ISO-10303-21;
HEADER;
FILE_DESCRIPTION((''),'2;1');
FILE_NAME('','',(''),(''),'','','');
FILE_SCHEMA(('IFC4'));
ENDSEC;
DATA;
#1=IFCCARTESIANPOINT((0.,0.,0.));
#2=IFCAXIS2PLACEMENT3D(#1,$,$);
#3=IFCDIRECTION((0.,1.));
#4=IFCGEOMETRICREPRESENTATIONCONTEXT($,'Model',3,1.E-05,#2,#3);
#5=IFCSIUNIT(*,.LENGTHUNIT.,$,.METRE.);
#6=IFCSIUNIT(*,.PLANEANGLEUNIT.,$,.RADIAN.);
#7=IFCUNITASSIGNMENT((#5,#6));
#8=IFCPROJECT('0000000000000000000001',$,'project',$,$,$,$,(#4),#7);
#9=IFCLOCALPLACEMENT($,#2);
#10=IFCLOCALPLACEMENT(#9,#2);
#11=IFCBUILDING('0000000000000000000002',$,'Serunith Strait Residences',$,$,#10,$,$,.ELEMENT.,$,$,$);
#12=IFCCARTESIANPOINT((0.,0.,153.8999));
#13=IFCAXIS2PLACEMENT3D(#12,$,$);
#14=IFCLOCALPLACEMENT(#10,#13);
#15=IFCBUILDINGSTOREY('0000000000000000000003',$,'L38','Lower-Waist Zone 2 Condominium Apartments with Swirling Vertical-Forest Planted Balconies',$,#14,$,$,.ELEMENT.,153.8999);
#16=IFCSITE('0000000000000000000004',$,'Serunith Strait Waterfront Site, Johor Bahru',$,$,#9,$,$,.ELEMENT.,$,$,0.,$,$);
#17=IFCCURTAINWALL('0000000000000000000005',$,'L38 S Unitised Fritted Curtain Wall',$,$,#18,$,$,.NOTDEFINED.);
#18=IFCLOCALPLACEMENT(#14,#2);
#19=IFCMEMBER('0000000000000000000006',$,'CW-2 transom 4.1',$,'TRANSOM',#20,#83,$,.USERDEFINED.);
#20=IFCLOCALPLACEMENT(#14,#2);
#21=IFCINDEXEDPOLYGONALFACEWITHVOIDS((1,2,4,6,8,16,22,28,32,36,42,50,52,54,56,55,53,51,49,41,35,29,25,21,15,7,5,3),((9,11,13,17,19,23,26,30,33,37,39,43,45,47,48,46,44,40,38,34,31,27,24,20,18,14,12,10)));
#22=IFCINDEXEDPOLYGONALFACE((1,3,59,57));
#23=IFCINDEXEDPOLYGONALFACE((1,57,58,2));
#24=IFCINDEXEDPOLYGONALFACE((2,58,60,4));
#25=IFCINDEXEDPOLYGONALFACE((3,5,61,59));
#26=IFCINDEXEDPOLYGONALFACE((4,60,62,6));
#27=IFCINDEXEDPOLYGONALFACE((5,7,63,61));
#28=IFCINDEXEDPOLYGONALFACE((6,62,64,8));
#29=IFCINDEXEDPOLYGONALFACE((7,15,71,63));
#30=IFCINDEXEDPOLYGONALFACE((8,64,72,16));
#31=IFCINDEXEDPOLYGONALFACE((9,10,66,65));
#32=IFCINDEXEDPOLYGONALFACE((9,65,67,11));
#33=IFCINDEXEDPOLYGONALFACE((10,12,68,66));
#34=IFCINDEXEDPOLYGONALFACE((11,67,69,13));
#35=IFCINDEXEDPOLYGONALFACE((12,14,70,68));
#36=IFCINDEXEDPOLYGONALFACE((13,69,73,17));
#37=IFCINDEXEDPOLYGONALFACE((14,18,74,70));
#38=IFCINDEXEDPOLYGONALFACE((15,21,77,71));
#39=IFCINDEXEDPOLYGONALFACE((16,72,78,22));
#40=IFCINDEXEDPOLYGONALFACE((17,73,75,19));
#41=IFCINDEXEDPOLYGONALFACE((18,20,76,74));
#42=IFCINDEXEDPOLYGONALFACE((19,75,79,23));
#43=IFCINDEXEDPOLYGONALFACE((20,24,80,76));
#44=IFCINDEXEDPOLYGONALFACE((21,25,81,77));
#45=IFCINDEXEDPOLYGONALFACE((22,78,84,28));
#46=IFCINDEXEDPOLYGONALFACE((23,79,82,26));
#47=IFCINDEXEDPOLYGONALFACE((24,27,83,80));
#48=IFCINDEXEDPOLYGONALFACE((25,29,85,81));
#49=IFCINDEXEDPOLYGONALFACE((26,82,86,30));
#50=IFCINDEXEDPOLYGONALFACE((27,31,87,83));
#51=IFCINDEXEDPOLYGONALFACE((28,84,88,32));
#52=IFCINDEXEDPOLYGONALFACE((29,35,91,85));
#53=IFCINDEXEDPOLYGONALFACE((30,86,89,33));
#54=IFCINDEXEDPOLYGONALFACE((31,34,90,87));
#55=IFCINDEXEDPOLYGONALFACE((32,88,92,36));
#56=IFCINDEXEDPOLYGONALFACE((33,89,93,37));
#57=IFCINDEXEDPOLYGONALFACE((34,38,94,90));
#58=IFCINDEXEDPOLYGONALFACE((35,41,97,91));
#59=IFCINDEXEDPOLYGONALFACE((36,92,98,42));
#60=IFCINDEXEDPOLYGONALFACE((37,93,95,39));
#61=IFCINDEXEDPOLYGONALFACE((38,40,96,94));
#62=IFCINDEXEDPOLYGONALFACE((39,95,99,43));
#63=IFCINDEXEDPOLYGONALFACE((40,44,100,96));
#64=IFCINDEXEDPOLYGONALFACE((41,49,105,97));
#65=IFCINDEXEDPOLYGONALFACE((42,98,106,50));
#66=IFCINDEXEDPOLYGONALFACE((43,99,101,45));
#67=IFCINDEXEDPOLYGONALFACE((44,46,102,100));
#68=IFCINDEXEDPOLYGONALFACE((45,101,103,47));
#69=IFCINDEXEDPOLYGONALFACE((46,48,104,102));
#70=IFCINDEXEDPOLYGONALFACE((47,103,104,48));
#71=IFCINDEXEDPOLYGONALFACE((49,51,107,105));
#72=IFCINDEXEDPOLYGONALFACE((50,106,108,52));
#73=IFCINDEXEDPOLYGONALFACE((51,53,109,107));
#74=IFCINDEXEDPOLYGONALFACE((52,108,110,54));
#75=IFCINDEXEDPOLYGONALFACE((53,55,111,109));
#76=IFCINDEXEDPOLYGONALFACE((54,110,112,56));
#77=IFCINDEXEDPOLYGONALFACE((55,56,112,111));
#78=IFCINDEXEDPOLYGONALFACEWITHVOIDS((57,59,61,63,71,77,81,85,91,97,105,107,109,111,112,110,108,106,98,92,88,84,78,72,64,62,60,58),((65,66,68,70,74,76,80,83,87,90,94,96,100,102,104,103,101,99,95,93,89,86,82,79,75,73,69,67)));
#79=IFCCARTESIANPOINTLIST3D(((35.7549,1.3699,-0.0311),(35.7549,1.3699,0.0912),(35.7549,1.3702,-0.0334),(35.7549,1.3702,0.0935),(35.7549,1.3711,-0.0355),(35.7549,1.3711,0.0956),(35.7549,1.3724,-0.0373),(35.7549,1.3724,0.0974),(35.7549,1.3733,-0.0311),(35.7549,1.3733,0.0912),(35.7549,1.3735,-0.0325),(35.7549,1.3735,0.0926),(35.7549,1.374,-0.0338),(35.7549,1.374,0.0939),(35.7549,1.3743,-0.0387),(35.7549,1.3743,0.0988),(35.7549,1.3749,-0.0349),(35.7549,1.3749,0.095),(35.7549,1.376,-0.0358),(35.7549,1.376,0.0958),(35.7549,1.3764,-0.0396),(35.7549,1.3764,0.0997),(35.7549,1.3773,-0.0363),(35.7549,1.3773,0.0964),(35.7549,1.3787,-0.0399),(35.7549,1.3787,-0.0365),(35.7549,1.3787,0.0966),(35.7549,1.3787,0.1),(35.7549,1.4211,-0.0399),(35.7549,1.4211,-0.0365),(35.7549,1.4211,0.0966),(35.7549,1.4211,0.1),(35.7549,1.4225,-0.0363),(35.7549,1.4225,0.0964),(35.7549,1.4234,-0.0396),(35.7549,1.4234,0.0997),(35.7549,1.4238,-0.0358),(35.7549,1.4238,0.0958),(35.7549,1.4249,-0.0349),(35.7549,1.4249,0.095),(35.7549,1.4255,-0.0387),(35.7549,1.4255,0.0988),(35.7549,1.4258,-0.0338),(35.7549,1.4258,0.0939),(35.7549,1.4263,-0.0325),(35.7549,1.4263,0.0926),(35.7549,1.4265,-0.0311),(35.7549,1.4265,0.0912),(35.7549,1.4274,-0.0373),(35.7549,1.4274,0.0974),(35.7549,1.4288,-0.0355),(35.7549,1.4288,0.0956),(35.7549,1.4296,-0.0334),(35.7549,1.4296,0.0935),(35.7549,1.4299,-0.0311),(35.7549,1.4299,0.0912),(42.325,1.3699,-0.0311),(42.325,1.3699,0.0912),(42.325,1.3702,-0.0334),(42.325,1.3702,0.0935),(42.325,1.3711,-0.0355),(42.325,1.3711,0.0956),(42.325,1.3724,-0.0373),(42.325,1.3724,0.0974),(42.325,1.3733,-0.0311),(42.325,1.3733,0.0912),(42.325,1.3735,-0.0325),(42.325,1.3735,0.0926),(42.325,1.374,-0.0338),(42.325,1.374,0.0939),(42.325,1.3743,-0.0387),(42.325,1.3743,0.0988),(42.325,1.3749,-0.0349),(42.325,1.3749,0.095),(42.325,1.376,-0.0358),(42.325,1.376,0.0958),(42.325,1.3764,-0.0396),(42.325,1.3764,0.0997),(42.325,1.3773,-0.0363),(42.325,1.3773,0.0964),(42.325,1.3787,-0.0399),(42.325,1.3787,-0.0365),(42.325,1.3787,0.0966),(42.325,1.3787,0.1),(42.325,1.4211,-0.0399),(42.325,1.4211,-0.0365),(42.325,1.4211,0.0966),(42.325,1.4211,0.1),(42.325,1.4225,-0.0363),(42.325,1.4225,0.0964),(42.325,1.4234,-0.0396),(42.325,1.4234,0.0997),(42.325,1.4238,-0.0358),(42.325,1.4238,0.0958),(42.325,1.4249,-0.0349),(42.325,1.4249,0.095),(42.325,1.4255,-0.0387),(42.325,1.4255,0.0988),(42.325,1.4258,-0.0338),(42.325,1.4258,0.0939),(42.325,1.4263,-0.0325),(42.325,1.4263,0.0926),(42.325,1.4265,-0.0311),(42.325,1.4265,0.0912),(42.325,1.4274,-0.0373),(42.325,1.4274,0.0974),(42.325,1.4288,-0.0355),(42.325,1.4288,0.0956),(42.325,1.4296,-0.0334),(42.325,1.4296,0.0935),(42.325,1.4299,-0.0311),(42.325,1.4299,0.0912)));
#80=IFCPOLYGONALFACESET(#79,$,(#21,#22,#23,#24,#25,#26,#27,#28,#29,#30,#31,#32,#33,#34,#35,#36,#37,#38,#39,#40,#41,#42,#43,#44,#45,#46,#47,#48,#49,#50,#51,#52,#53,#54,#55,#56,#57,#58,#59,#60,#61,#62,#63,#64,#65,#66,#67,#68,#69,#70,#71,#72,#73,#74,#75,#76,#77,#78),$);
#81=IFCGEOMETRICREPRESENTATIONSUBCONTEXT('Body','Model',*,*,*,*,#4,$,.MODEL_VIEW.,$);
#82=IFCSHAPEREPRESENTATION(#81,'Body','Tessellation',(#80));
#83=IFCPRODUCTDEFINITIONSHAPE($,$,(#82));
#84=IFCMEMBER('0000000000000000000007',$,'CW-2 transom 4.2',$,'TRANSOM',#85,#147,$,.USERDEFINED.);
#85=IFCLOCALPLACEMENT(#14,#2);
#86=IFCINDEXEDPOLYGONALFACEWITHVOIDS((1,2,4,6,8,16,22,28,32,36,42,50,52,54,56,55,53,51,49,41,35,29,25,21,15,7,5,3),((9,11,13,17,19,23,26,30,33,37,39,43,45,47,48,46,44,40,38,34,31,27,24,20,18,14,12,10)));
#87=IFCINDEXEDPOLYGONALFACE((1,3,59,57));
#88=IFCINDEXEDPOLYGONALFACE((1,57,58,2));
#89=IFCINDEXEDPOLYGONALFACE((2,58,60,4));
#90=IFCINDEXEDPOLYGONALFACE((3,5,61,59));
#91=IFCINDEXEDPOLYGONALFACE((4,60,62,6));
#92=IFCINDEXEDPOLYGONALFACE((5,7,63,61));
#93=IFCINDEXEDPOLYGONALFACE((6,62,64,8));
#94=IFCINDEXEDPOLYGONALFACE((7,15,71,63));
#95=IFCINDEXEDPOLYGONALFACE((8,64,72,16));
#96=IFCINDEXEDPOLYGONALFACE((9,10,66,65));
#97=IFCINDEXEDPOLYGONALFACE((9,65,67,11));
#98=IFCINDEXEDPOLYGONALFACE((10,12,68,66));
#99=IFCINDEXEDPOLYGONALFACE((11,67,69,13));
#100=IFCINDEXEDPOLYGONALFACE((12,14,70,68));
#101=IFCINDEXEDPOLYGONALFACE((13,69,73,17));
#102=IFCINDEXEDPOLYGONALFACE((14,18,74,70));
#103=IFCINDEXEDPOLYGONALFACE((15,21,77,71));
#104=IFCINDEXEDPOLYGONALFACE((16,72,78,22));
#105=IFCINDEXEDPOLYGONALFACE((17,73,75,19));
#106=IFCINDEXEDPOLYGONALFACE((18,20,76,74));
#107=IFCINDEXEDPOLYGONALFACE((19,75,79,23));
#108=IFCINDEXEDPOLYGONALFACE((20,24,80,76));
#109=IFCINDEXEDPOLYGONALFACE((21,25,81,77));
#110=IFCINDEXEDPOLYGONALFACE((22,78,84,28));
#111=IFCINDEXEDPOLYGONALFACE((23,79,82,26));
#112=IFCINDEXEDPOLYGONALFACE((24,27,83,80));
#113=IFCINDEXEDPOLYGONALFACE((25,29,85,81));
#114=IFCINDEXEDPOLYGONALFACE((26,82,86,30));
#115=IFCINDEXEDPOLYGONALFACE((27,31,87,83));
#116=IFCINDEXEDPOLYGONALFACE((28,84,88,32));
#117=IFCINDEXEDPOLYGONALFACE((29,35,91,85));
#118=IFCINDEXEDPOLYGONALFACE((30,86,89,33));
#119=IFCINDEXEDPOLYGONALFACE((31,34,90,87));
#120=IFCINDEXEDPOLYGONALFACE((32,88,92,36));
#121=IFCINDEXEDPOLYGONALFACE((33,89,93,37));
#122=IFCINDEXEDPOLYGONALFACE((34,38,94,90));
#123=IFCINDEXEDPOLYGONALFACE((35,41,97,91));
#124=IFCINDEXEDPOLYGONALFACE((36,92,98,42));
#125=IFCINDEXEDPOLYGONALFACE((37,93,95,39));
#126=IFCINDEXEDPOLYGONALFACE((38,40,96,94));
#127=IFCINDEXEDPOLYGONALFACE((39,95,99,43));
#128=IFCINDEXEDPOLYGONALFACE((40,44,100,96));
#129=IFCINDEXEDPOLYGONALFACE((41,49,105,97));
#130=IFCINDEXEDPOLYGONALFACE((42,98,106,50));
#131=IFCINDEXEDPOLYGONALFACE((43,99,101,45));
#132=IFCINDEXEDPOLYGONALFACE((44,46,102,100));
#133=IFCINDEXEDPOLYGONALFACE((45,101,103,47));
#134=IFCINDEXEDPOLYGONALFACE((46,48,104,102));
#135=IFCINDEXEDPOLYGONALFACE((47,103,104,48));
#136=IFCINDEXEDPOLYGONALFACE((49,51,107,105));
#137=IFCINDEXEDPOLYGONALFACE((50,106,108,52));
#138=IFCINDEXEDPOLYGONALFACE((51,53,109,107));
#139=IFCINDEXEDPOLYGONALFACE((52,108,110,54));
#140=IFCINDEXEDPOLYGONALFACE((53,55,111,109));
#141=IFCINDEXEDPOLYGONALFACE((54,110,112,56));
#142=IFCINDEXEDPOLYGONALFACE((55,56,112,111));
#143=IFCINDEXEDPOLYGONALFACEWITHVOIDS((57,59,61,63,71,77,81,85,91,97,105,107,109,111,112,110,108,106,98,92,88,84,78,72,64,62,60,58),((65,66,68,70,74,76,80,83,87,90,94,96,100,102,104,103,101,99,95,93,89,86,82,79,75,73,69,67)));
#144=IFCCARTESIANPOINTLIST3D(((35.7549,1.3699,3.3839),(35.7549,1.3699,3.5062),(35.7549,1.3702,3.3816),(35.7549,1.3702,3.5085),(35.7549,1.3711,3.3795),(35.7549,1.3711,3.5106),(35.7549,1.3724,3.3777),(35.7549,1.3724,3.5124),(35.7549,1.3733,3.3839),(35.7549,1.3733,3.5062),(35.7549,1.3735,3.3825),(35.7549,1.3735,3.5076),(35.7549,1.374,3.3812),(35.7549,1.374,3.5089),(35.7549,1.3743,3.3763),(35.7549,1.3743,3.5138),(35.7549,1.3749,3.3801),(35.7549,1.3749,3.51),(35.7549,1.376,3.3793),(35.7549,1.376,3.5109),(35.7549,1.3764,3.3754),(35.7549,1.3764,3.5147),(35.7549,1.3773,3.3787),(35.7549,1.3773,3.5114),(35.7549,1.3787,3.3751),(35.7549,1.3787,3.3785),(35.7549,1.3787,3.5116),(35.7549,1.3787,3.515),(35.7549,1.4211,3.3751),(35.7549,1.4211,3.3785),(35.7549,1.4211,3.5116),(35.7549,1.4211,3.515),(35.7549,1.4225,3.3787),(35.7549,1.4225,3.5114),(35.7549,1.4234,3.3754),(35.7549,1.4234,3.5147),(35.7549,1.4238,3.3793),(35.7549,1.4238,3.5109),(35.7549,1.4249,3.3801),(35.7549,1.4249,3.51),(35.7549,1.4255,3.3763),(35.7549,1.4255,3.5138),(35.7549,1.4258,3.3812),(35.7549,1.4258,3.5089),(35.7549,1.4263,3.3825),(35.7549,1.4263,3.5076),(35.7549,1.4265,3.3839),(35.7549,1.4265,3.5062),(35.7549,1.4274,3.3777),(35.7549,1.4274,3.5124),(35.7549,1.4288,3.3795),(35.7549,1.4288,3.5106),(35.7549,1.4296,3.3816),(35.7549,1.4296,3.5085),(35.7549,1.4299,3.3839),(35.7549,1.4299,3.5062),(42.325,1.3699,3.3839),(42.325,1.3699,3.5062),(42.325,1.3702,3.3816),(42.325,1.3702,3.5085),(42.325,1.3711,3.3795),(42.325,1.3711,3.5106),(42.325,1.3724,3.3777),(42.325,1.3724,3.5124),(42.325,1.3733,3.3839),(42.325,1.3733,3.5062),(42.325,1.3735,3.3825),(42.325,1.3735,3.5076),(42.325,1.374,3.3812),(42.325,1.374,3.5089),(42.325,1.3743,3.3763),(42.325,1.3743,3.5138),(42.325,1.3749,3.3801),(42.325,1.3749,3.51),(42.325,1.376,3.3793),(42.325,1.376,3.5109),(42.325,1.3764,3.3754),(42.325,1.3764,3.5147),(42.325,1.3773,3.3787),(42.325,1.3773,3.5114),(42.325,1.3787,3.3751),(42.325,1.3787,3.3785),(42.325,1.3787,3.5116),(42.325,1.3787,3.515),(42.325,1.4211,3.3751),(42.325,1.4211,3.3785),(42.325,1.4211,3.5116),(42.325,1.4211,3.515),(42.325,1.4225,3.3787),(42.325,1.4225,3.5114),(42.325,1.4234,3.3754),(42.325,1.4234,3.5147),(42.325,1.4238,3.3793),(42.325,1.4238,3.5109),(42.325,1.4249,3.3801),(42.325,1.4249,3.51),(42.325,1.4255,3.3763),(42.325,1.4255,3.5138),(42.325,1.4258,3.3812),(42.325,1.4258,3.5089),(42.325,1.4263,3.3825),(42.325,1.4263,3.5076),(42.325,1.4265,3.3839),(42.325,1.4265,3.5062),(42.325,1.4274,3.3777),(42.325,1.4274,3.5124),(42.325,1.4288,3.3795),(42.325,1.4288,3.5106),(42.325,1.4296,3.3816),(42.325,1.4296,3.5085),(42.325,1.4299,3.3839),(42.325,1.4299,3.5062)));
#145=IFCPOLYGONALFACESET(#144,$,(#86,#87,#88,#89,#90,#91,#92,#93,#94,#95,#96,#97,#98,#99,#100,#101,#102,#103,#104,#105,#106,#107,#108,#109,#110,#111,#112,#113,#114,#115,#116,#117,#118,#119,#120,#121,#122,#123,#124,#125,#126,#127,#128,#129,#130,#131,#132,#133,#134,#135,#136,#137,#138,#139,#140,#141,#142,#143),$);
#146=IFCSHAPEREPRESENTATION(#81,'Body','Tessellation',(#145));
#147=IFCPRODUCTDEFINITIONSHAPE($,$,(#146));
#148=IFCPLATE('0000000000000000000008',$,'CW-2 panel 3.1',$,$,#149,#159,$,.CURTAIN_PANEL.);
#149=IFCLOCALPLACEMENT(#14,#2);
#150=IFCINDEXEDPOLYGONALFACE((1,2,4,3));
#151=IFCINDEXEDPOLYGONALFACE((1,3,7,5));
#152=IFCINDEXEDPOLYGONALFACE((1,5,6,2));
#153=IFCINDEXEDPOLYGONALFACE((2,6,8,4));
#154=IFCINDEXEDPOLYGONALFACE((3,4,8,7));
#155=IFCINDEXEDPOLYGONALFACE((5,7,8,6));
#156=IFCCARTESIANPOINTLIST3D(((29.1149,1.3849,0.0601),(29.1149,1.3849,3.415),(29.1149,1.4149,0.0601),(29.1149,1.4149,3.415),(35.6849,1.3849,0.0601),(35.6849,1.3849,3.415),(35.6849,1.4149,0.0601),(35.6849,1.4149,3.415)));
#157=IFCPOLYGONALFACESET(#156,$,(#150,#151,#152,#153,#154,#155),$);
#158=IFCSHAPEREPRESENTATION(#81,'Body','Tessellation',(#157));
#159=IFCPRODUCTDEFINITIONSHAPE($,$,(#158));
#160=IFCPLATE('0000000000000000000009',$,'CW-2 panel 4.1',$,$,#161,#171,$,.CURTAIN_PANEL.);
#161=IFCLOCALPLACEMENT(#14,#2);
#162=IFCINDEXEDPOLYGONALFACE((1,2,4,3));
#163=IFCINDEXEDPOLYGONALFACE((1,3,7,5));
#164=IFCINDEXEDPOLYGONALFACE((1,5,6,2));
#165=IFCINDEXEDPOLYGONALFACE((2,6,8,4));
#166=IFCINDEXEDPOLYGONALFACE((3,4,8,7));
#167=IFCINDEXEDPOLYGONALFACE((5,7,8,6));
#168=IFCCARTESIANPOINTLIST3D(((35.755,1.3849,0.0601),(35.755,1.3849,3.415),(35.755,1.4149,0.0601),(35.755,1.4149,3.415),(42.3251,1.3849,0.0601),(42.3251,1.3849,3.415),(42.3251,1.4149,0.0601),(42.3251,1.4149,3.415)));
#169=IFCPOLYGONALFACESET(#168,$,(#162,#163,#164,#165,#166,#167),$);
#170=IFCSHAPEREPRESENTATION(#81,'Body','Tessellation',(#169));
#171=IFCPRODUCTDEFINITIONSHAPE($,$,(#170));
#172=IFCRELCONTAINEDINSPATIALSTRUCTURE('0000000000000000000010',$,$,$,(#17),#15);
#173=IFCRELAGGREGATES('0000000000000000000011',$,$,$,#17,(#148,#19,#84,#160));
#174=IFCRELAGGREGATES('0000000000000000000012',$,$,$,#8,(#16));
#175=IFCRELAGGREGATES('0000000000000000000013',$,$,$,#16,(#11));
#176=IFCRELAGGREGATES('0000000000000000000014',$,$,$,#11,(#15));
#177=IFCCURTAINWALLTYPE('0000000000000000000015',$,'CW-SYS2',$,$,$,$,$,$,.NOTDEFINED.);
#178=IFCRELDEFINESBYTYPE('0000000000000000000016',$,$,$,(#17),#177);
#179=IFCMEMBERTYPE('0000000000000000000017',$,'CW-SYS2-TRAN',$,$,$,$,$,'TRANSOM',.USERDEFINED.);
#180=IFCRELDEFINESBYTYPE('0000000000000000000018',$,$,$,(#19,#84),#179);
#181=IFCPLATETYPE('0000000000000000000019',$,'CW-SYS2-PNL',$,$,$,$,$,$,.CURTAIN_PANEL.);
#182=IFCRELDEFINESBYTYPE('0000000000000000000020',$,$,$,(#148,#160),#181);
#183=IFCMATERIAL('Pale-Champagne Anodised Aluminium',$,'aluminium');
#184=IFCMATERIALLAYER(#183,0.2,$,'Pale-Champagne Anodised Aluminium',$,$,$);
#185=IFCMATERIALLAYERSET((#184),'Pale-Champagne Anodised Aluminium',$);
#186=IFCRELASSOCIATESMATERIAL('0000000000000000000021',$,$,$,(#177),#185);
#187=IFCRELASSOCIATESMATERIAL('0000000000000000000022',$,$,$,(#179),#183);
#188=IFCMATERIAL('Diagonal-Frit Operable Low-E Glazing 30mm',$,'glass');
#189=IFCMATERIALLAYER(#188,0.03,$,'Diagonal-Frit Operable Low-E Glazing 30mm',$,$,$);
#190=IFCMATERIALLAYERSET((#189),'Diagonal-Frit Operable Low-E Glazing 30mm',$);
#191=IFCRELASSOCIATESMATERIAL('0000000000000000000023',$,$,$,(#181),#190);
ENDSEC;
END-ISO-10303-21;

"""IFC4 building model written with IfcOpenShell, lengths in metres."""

from ifc_helpers import new_model, si_unit, direction, frame, origin, origin_2d, place, context, subcontext, project, spatial, rectangle, hollow_rectangle, extrude, source, transform, mapped, material, layer, layer_set, material_profile, profile_set, type_object, element, aggregate, save


model = new_model("IFC4")

# Units and contexts
model_context = context("Model", 3, precision=1e-05, world=origin(), true_north=direction((0.0, 1.0)))
body_context = subcontext(model_context, "Body", "Model", "MODEL_VIEW")
ifc_project = project(units=[si_unit("LENGTHUNIT", "METRE"), si_unit("PLANEANGLEUNIT", "RADIAN")], contexts=[model_context])

# Site, building, storey
site_placement = place(None, origin())
site = spatial("IfcSite", under=ifc_project, at=site_placement, Name="Serunith Strait Waterfront Site, Johor Bahru", CompositionType="ELEMENT", RefElevation=0.0)
building_placement = place(site_placement, origin())
building = spatial("IfcBuilding", under=site, at=building_placement, Name="Serunith Strait Residences", CompositionType="ELEMENT")
storey_placement = place(building_placement, frame((0.0, 0.0, 153.8999)))
storey = spatial("IfcBuildingStorey", under=building, at=storey_placement, Name="L38", Description="Lower-Waist Zone 2 Condominium Apartments with Swirling Vertical-Forest Planted Balconies", CompositionType="ELEMENT", Elevation=153.8999)

# Curtain wall, members, plates
ifc_material_1 = material(Name="Pale-Champagne Anodised Aluminium", Category="aluminium")
ifc_layer_1 = layer(ifc_material_1, 0.2, Name="Pale-Champagne Anodised Aluminium")
ifc_layer_set_1 = layer_set([ifc_layer_1], Name="Pale-Champagne Anodised Aluminium")
curtain_wall_type = type_object("IfcCurtainWallType", Name="CW-SYS2", PredefinedType="NOTDEFINED", material=ifc_layer_set_1)
curtain_wall_placement = place(storey_placement, origin())
curtain_wall = element("IfcCurtainWall", 1, at=curtain_wall_placement, inside=storey, type_object=curtain_wall_type, Name="L38 S Unitised Fritted Curtain Wall", PredefinedType="NOTDEFINED")
ifc_material_profile_1 = material_profile(ifc_material_1, hollow_rectangle(XDim=0.0601, YDim=0.1399, WallThickness=0.0034, InnerFilletRadius=0.0054, OuterFilletRadius=0.0088, at=origin_2d()), Name="ALU 140x60x3.5")
ifc_profile_set_1 = profile_set([ifc_material_profile_1], Name="Pale-Champagne Anodised Aluminium")
member_type_1 = type_object("IfcMemberType", Name="CW-SYS2-TRAN", ElementType="TRANSOM", PredefinedType="USERDEFINED", material=ifc_profile_set_1)
shared_shape_1 = source(origin(), body_context, "Body", "SweptSolid", [
    extrude(hollow_rectangle(XDim=0.0601, YDim=0.1399, WallThickness=0.0034, InnerFilletRadius=0.0054, OuterFilletRadius=0.0088, at=origin_2d()), origin(), (0.0, 0.0, 1.0), 6.5701),
])
member_1_placement = place(storey_placement, frame((35.7549, 1.3999, 0.03), z_axis=(1.0, 0.0, 0.0), x_axis=(0.0, 1.0, 0.0)))
member_1 = element("IfcMember", 2, at=member_1_placement, type_object=member_type_1, Name="CW-2 transom 4.1", ObjectType="TRANSOM", PredefinedType="USERDEFINED", context=body_context, shape_type="MappedRepresentation", body=[
    mapped(shared_shape_1, transform((0.0, 0.0, 0.0), scale=1.0)),
])
member_2_placement = place(storey_placement, frame((35.7549, 1.3999, 3.4451), z_axis=(1.0, 0.0, 0.0), x_axis=(0.0, 1.0, 0.0)))
member_2 = element("IfcMember", 3, at=member_2_placement, type_object=member_type_1, Name="CW-2 transom 4.2", ObjectType="TRANSOM", PredefinedType="USERDEFINED", context=body_context, shape_type="MappedRepresentation", body=[
    mapped(shared_shape_1, transform((0.0, 0.0, 0.0), scale=1.0)),
])
ifc_material_2 = material(Name="Diagonal-Frit Operable Low-E Glazing 30mm", Category="glass")
ifc_layer_2 = layer(ifc_material_2, 0.03, Name="Diagonal-Frit Operable Low-E Glazing 30mm")
ifc_layer_set_2 = layer_set([ifc_layer_2], Name="Diagonal-Frit Operable Low-E Glazing 30mm")
plate_type = type_object("IfcPlateType", Name="CW-SYS2-PNL", PredefinedType="CURTAIN_PANEL", material=ifc_layer_set_2)
shared_shape_2 = source(origin(), body_context, "Body", "SweptSolid", [
    extrude(rectangle(XDim=6.5701, YDim=0.03, at=origin_2d()), origin(), (0.0, 0.0, 1.0), 3.355),
])
plate_1_placement = place(storey_placement, frame((32.3999, 1.3999, 0.0601), z_axis=(0.0, 0.0, 1.0), x_axis=(1.0, 0.0, 0.0)))
plate_1 = element("IfcPlate", 4, at=plate_1_placement, type_object=plate_type, Name="CW-2 panel 3.1", PredefinedType="CURTAIN_PANEL", context=body_context, shape_type="MappedRepresentation", body=[
    mapped(shared_shape_2, transform((0.0, 0.0, 0.0), scale=1.0)),
])
plate_2_placement = place(storey_placement, frame((39.04, 1.3999, 0.0601), z_axis=(0.0, 0.0, 1.0), x_axis=(1.0, 0.0, 0.0)))
plate_2 = element("IfcPlate", 5, at=plate_2_placement, type_object=plate_type, Name="CW-2 panel 4.1", PredefinedType="CURTAIN_PANEL", context=body_context, shape_type="MappedRepresentation", body=[
    mapped(shared_shape_2, transform((0.0, 0.0, 0.0), scale=1.0)),
])
aggregate(curtain_wall, [plate_1, member_1, member_2, plate_2])

save(model, "model.ifc")
